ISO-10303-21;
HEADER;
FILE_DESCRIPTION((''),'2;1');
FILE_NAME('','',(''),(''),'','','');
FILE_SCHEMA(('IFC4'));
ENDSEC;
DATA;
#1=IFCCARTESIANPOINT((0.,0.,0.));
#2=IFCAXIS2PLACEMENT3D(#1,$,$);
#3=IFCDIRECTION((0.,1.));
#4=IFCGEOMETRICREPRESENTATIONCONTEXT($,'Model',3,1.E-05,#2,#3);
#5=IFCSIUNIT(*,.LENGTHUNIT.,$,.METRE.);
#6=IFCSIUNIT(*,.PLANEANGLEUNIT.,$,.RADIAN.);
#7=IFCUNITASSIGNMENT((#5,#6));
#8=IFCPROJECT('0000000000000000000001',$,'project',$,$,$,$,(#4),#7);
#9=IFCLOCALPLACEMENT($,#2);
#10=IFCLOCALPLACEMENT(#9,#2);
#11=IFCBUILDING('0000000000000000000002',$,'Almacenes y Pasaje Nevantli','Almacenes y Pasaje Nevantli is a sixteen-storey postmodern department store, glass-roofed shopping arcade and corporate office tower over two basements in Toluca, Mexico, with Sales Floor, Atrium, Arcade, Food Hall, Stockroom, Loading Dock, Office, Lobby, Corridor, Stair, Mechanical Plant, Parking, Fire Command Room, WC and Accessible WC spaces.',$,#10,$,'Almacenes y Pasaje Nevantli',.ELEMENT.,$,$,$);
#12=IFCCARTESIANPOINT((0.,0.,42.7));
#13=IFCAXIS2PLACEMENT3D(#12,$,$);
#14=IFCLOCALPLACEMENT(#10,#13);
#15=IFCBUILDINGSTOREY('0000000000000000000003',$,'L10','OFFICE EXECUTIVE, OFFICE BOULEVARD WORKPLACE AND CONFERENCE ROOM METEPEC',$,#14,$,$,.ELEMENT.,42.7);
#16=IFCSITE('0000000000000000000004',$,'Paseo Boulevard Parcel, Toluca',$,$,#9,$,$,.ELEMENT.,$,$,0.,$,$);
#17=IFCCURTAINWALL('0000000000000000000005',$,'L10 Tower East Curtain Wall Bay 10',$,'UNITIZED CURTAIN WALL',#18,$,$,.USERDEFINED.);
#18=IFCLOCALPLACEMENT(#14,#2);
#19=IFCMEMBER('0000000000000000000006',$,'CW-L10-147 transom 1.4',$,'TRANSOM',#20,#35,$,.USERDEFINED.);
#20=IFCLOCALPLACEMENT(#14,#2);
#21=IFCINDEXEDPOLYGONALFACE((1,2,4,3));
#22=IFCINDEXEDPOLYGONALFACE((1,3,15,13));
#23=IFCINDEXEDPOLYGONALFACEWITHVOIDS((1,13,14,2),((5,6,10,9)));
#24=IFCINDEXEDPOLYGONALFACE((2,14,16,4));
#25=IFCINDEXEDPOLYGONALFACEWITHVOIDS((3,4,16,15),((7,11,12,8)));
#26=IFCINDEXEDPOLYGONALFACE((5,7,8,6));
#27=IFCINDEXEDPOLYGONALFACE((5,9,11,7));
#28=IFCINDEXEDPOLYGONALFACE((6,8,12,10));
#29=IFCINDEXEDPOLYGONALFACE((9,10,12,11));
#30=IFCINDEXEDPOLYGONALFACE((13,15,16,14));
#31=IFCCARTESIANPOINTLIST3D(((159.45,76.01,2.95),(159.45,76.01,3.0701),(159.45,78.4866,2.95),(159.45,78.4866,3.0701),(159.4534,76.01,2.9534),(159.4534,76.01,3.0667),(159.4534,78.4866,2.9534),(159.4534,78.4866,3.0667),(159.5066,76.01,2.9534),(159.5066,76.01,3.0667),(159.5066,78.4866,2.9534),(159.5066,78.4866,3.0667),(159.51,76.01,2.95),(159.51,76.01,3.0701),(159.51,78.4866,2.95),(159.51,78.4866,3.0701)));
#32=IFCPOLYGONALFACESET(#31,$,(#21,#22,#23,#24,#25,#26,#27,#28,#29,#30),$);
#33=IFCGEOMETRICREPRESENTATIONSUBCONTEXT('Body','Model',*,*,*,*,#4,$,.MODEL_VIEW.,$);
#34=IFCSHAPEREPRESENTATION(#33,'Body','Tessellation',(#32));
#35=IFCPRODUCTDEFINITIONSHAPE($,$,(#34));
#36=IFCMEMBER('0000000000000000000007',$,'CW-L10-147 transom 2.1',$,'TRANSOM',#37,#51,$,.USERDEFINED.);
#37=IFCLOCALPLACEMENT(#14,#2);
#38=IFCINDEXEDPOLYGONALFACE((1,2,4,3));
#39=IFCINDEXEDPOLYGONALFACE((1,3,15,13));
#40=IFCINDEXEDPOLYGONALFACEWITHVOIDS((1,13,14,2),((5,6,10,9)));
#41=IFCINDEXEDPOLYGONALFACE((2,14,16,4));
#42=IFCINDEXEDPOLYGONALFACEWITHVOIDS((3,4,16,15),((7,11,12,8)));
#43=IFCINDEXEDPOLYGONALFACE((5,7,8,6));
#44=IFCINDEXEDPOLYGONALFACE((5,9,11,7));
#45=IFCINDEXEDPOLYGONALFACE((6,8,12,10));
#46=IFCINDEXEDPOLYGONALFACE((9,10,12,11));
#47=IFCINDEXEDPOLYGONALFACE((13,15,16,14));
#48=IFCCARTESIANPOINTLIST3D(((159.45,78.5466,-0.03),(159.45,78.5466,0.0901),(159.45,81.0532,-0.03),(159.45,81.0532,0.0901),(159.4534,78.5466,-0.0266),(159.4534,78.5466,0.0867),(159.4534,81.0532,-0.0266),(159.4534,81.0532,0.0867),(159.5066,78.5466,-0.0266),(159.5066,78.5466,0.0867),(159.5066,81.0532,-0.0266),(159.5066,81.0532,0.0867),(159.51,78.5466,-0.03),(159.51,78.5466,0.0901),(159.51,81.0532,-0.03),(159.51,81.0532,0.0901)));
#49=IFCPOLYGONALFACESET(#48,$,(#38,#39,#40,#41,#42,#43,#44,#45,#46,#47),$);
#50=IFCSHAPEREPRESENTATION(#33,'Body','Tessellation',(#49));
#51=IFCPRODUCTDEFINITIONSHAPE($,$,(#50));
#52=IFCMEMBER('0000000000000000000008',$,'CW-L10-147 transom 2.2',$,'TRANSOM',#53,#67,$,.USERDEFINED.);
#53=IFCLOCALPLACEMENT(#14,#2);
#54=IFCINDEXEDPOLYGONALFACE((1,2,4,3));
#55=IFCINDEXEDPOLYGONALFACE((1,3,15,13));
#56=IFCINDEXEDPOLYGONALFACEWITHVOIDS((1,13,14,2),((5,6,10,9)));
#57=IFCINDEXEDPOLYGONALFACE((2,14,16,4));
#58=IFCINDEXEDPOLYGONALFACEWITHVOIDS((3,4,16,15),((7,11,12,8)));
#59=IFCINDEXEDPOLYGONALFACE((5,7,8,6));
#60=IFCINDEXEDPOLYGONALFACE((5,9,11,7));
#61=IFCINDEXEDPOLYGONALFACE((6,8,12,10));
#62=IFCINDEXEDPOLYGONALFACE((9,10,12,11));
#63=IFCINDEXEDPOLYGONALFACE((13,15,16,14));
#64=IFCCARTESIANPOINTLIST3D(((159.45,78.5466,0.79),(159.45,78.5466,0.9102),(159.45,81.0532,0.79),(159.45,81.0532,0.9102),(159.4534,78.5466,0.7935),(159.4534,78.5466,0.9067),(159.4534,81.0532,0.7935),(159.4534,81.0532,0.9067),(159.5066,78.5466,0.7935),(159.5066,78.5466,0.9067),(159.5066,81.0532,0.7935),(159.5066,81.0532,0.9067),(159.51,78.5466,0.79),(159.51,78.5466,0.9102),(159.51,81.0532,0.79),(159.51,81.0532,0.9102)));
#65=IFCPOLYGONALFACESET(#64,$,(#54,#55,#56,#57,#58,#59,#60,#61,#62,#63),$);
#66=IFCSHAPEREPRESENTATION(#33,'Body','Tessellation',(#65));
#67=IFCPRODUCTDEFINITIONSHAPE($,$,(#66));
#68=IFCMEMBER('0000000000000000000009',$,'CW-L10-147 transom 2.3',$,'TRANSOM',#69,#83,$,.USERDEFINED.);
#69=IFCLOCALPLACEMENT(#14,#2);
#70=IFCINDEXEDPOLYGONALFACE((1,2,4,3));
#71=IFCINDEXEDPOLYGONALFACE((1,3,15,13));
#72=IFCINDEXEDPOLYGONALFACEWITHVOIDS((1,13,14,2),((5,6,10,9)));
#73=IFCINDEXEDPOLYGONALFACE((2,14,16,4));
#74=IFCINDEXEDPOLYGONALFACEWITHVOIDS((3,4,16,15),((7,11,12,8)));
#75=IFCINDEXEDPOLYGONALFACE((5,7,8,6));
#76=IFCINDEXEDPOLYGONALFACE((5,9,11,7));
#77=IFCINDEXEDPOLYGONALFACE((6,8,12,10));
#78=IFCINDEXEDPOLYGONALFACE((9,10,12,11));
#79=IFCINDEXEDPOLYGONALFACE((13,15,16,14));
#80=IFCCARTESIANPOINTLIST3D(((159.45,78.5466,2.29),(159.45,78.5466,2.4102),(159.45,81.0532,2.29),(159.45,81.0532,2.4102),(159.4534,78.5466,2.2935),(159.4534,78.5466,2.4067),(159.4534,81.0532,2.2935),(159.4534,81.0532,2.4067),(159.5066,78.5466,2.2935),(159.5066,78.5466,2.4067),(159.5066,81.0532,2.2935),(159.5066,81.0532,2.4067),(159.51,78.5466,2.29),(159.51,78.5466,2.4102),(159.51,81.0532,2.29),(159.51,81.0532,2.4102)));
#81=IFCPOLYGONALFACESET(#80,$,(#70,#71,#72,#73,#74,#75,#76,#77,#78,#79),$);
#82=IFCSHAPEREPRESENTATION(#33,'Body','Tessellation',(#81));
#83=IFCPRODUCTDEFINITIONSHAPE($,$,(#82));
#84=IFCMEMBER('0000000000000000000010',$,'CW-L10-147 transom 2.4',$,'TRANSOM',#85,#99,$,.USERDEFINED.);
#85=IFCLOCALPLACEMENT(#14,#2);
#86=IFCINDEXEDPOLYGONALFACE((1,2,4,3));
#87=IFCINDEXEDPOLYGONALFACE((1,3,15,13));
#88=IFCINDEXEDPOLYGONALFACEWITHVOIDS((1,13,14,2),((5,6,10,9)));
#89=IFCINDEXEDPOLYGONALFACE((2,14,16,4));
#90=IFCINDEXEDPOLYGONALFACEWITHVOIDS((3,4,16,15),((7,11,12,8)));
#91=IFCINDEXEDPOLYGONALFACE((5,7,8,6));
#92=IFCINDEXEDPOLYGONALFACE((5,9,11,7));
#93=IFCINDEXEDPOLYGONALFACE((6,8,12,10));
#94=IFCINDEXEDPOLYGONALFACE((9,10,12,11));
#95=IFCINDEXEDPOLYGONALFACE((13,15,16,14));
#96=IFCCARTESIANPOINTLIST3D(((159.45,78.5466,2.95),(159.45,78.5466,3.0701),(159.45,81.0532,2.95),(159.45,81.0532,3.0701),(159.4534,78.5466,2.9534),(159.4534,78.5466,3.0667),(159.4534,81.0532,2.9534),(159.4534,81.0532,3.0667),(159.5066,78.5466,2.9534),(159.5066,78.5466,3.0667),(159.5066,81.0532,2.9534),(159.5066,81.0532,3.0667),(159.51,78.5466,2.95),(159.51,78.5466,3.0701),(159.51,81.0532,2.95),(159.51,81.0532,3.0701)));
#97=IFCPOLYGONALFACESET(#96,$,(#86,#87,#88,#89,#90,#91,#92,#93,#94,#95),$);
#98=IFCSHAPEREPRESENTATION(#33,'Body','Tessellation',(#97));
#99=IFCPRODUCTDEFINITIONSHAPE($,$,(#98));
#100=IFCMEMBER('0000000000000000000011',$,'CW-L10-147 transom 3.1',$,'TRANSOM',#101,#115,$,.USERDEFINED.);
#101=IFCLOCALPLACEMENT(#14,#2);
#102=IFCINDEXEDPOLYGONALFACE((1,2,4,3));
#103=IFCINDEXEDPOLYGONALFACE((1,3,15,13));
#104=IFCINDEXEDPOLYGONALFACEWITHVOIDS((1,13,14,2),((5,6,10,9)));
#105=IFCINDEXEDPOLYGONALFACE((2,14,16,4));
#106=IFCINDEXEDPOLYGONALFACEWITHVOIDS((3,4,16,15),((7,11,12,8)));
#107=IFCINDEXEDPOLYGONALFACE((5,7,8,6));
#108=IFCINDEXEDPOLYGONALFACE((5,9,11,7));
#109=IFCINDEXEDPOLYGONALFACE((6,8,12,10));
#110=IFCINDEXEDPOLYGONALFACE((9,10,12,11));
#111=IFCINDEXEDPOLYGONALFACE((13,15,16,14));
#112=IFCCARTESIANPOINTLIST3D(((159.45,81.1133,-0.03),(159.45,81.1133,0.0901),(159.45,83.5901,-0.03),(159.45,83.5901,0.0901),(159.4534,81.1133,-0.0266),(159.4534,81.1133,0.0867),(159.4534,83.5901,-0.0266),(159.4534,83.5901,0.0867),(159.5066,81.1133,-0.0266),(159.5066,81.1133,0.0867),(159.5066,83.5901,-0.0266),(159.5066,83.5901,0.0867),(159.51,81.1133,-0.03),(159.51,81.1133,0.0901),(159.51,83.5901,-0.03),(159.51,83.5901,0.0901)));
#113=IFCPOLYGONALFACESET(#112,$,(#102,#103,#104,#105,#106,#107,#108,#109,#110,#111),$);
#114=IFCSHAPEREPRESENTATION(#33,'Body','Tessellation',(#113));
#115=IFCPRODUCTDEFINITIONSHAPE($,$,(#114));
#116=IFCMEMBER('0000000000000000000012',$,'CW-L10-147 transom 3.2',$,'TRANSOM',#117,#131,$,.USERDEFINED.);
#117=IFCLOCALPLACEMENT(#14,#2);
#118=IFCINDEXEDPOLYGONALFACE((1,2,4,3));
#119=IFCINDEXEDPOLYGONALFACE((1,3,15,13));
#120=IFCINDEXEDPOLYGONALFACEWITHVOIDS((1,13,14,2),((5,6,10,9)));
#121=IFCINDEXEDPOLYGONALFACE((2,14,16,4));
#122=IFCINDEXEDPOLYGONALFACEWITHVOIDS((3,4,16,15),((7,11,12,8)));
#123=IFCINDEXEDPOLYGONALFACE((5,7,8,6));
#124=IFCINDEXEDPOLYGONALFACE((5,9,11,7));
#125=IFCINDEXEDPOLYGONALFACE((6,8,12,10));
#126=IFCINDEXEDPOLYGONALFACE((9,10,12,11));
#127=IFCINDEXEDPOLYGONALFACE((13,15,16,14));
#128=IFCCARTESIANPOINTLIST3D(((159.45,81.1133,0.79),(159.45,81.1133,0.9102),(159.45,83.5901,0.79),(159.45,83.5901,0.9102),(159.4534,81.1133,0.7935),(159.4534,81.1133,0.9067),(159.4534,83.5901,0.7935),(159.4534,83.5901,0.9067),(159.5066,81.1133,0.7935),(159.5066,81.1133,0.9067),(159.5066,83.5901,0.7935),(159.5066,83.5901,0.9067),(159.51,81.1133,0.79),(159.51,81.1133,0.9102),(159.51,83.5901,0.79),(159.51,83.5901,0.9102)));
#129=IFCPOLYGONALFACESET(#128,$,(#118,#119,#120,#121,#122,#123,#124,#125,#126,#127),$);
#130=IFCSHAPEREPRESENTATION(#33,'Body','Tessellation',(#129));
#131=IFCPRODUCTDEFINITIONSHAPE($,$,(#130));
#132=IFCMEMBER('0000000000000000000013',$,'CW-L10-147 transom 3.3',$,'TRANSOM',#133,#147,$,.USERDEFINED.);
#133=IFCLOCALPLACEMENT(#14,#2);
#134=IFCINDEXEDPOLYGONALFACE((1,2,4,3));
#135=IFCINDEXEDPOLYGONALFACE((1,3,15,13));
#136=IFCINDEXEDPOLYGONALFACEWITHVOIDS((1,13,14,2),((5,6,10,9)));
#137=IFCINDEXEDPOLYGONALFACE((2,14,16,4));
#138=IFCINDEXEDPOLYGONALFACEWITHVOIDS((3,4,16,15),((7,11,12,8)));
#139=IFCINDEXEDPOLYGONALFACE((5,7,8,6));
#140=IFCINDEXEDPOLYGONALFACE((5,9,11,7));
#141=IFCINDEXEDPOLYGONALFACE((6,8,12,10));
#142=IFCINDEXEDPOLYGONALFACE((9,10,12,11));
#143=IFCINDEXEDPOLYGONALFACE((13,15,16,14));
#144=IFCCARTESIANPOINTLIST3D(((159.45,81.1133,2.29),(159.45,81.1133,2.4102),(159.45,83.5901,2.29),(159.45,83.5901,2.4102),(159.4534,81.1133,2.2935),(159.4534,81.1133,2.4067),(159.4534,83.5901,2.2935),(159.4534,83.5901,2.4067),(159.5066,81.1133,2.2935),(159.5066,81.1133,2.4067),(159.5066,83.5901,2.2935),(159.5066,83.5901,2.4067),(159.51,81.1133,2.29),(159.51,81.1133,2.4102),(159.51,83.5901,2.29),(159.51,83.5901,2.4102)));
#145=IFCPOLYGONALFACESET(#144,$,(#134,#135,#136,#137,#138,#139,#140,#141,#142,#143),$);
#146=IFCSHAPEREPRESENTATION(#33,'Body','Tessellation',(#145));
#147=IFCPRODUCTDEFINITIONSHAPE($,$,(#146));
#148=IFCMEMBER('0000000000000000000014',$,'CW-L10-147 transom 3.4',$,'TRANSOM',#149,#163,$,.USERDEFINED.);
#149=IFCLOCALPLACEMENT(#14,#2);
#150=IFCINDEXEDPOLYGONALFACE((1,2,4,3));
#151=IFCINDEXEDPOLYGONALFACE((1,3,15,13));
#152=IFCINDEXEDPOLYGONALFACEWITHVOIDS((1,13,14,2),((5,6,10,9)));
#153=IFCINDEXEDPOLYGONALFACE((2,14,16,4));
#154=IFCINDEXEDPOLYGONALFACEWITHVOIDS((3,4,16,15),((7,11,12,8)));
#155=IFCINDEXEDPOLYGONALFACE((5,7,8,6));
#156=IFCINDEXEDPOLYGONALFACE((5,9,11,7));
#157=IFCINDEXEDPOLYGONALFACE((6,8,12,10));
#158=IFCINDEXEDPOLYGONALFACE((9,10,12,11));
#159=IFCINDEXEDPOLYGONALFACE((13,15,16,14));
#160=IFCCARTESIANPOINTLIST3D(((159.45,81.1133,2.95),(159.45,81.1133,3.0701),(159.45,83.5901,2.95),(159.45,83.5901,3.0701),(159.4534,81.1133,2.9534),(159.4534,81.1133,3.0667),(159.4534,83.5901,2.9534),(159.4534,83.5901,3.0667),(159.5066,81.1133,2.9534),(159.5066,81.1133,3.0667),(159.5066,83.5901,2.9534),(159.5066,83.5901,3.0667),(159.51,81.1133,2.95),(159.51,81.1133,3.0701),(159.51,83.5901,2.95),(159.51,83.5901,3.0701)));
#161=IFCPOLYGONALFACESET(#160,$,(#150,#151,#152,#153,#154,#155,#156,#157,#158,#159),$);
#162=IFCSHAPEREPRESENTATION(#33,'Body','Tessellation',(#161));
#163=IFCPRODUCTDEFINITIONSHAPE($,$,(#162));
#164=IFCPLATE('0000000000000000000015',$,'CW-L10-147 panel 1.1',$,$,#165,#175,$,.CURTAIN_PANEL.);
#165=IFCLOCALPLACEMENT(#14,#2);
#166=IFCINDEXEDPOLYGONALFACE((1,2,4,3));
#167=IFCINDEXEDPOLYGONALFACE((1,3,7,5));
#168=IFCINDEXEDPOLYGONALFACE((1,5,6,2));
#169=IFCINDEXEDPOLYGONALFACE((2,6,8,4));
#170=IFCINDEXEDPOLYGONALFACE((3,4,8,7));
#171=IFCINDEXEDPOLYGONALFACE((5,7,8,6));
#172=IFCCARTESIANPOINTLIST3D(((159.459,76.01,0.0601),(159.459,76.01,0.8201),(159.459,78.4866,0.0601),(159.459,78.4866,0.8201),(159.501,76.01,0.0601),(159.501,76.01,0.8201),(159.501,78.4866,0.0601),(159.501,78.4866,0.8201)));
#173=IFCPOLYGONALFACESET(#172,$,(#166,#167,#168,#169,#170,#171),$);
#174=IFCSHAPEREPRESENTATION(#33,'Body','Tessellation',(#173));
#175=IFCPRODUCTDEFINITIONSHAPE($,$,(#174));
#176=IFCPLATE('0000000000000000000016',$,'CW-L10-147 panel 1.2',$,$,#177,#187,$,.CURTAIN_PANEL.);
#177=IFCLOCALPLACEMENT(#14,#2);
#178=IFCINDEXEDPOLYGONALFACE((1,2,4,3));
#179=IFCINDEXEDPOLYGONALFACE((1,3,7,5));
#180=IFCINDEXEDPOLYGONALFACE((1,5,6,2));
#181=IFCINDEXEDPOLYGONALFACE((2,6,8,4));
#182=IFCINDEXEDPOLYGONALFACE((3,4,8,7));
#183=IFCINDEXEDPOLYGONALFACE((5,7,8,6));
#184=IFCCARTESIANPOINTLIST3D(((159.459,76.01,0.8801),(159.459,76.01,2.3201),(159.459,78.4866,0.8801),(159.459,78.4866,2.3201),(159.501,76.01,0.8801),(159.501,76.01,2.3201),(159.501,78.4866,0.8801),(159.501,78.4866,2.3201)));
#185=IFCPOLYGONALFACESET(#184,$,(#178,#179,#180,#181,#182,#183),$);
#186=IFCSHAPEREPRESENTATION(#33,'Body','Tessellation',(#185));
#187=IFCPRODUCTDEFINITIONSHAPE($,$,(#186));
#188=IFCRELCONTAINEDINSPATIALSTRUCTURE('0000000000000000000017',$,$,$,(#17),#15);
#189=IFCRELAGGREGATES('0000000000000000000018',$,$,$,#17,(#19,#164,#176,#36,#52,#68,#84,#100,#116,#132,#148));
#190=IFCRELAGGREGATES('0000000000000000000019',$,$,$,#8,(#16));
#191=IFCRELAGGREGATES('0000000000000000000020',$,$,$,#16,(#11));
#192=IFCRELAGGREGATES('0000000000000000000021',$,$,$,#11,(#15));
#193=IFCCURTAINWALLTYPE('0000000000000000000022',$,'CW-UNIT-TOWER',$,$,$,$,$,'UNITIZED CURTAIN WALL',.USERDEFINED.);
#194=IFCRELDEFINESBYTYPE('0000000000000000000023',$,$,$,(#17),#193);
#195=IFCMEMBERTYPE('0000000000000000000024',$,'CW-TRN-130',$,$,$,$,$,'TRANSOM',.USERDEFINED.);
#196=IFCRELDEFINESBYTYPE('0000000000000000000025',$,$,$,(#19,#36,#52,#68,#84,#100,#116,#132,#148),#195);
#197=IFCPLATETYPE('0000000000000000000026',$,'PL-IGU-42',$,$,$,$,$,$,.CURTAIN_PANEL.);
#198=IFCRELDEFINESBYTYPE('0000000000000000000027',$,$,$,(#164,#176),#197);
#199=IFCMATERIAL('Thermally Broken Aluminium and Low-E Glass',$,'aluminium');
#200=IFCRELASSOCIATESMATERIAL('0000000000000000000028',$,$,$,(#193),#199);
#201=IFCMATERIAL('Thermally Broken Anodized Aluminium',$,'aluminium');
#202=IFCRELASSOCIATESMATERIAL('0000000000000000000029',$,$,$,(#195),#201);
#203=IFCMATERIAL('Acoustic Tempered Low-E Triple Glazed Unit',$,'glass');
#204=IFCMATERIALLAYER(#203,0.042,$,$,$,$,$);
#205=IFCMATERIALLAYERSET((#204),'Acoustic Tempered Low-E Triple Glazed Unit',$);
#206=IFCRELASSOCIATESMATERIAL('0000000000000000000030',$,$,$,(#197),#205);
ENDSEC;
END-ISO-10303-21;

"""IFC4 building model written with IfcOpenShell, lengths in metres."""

from ifc_helpers import new_model, si_unit, direction, frame, origin, origin_2d, place, context, subcontext, project, spatial, rectangle, hollow_rectangle, extrude, material, layer, layer_set, material_profile, profile_set, type_object, element, aggregate, save


model = new_model("IFC4")

# Units and contexts
model_context = context("Model", 3, precision=1e-05, world=origin(), true_north=direction((0.0, 1.0)))
body_context = subcontext(model_context, "Body", "Model", "MODEL_VIEW")
ifc_project = project(units=[si_unit("LENGTHUNIT", "METRE"), si_unit("PLANEANGLEUNIT", "RADIAN")], contexts=[model_context])

# Site, building, storey
site_placement = place(None, origin())
site = spatial("IfcSite", under=ifc_project, at=site_placement, Name="Paseo Boulevard Parcel, Toluca", CompositionType="ELEMENT", RefElevation=0.0)
building_placement = place(site_placement, origin())
building = spatial("IfcBuilding", under=site, at=building_placement, Name="Almacenes y Pasaje Nevantli", Description="Almacenes y Pasaje Nevantli is a sixteen-storey postmodern department store, glass-roofed shopping arcade and corporate office tower over two basements in Toluca, Mexico, with Sales Floor, Atrium, Arcade, Food Hall, Stockroom, Loading Dock, Office, Lobby, Corridor, Stair, Mechanical Plant, Parking, Fire Command Room, WC and Accessible WC spaces.", LongName="Almacenes y Pasaje Nevantli", CompositionType="ELEMENT")
storey_placement = place(building_placement, frame((0.0, 0.0, 42.7)))
storey = spatial("IfcBuildingStorey", under=building, at=storey_placement, Name="L10", Description="OFFICE EXECUTIVE, OFFICE BOULEVARD WORKPLACE AND CONFERENCE ROOM METEPEC", CompositionType="ELEMENT", Elevation=42.7)

# Shared definitions
ifc_material_1 = material(Name="Thermally Broken Aluminium and Low-E Glass", Category="aluminium")
curtain_wall_type = type_object("IfcCurtainWallType", Name="CW-UNIT-TOWER", ElementType="UNITIZED CURTAIN WALL", PredefinedType="USERDEFINED", material=ifc_material_1)

# Curtain wall, members, plates
curtain_wall_1_placement = place(storey_placement, origin())
curtain_wall_1 = element("IfcCurtainWall", 1, at=curtain_wall_1_placement, inside=storey, type_object=curtain_wall_type, Name="L10 Tower East Curtain Wall Bay 10", ObjectType="UNITIZED CURTAIN WALL", PredefinedType="USERDEFINED")
ifc_material_2 = material(Name="Thermally Broken Anodized Aluminium", Category="aluminium")
ifc_material_profile_1 = material_profile(ifc_material_2, hollow_rectangle(XDim=0.0601, YDim=0.1201, WallThickness=0.0034, at=origin_2d()), Name="ALU-TRN-60x120")
ifc_profile_set_1 = profile_set([ifc_material_profile_1], Name="Thermally Broken Anodized Aluminium")
member_type_1 = type_object("IfcMemberType", Name="CW-TRN-130", ElementType="TRANSOM", PredefinedType="USERDEFINED", material=ifc_profile_set_1)
member_1_placement = place(storey_placement, frame((159.48, 76.01, 3.01), z_axis=(0.0, 1.0, 0.0), x_axis=(-1.0, 0.0, 0.0)))
member_1 = element("IfcMember", 2, at=member_1_placement, type_object=member_type_1, Name="CW-L10-147 transom 1.4", ObjectType="TRANSOM", PredefinedType="USERDEFINED", context=body_context, shape_type="SweptSolid", body=[
    extrude(hollow_rectangle(XDim=0.0601, YDim=0.1201, WallThickness=0.0034, at=origin_2d()), origin(), (0.0, 0.0, 1.0), 2.4766),
])
member_2_placement = place(storey_placement, frame((159.48, 78.5466, 0.03), z_axis=(0.0, 1.0, 0.0), x_axis=(-1.0, 0.0, 0.0)))
member_2 = element("IfcMember", 3, at=member_2_placement, type_object=member_type_1, Name="CW-L10-147 transom 2.1", ObjectType="TRANSOM", PredefinedType="USERDEFINED", context=body_context, shape_type="SweptSolid", body=[
    extrude(hollow_rectangle(XDim=0.0601, YDim=0.1201, WallThickness=0.0034, at=origin_2d()), origin(), (0.0, 0.0, 1.0), 2.5066),
])
member_3_placement = place(storey_placement, frame((159.48, 78.5466, 0.8501), z_axis=(0.0, 1.0, 0.0), x_axis=(-1.0, 0.0, 0.0)))
member_3 = element("IfcMember", 4, at=member_3_placement, type_object=member_type_1, Name="CW-L10-147 transom 2.2", ObjectType="TRANSOM", PredefinedType="USERDEFINED", context=body_context, shape_type="SweptSolid", body=[
    extrude(hollow_rectangle(XDim=0.0601, YDim=0.1201, WallThickness=0.0034, at=origin_2d()), origin(), (0.0, 0.0, 1.0), 2.5066),
])
member_4_placement = place(storey_placement, frame((159.48, 78.5466, 2.3501), z_axis=(0.0, 1.0, 0.0), x_axis=(-1.0, 0.0, 0.0)))
member_4 = element("IfcMember", 5, at=member_4_placement, type_object=member_type_1, Name="CW-L10-147 transom 2.3", ObjectType="TRANSOM", PredefinedType="USERDEFINED", context=body_context, shape_type="SweptSolid", body=[
    extrude(hollow_rectangle(XDim=0.0601, YDim=0.1201, WallThickness=0.0034, at=origin_2d()), origin(), (0.0, 0.0, 1.0), 2.5066),
])
member_5_placement = place(storey_placement, frame((159.48, 78.5466, 3.01), z_axis=(0.0, 1.0, 0.0), x_axis=(-1.0, 0.0, 0.0)))
member_5 = element("IfcMember", 6, at=member_5_placement, type_object=member_type_1, Name="CW-L10-147 transom 2.4", ObjectType="TRANSOM", PredefinedType="USERDEFINED", context=body_context, shape_type="SweptSolid", body=[
    extrude(hollow_rectangle(XDim=0.0601, YDim=0.1201, WallThickness=0.0034, at=origin_2d()), origin(), (0.0, 0.0, 1.0), 2.5066),
])
member_6_placement = place(storey_placement, frame((159.48, 81.1133, 0.03), z_axis=(0.0, 1.0, 0.0), x_axis=(-1.0, 0.0, 0.0)))
member_6 = element("IfcMember", 7, at=member_6_placement, type_object=member_type_1, Name="CW-L10-147 transom 3.1", ObjectType="TRANSOM", PredefinedType="USERDEFINED", context=body_context, shape_type="SweptSolid", body=[
    extrude(hollow_rectangle(XDim=0.0601, YDim=0.1201, WallThickness=0.0034, at=origin_2d()), origin(), (0.0, 0.0, 1.0), 2.4768),
])
member_7_placement = place(storey_placement, frame((159.48, 81.1133, 0.8501), z_axis=(0.0, 1.0, 0.0), x_axis=(-1.0, 0.0, 0.0)))
member_7 = element("IfcMember", 8, at=member_7_placement, type_object=member_type_1, Name="CW-L10-147 transom 3.2", ObjectType="TRANSOM", PredefinedType="USERDEFINED", context=body_context, shape_type="SweptSolid", body=[
    extrude(hollow_rectangle(XDim=0.0601, YDim=0.1201, WallThickness=0.0034, at=origin_2d()), origin(), (0.0, 0.0, 1.0), 2.4768),
])
member_8_placement = place(storey_placement, frame((159.48, 81.1133, 2.3501), z_axis=(0.0, 1.0, 0.0), x_axis=(-1.0, 0.0, 0.0)))
member_8 = element("IfcMember", 9, at=member_8_placement, type_object=member_type_1, Name="CW-L10-147 transom 3.3", ObjectType="TRANSOM", PredefinedType="USERDEFINED", context=body_context, shape_type="SweptSolid", body=[
    extrude(hollow_rectangle(XDim=0.0601, YDim=0.1201, WallThickness=0.0034, at=origin_2d()), origin(), (0.0, 0.0, 1.0), 2.4768),
])
member_9_placement = place(storey_placement, frame((159.48, 81.1133, 3.01), z_axis=(0.0, 1.0, 0.0), x_axis=(-1.0, 0.0, 0.0)))
member_9 = element("IfcMember", 10, at=member_9_placement, type_object=member_type_1, Name="CW-L10-147 transom 3.4", ObjectType="TRANSOM", PredefinedType="USERDEFINED", context=body_context, shape_type="SweptSolid", body=[
    extrude(hollow_rectangle(XDim=0.0601, YDim=0.1201, WallThickness=0.0034, at=origin_2d()), origin(), (0.0, 0.0, 1.0), 2.4768),
])
ifc_material_3 = material(Name="Acoustic Tempered Low-E Triple Glazed Unit", Category="glass")
ifc_layer_1 = layer(ifc_material_3, 0.042)
ifc_layer_set_1 = layer_set([ifc_layer_1], Name="Acoustic Tempered Low-E Triple Glazed Unit")
plate_type = type_object("IfcPlateType", Name="PL-IGU-42", PredefinedType="CURTAIN_PANEL", material=ifc_layer_set_1)
plate_1_placement = place(storey_placement, frame((159.48, 77.2483, 0.0601), z_axis=(0.0, 0.0, 1.0), x_axis=(0.0, 1.0, 0.0)))
plate_1 = element("IfcPlate", 11, at=plate_1_placement, type_object=plate_type, Name="CW-L10-147 panel 1.1", PredefinedType="CURTAIN_PANEL", context=body_context, shape_type="SweptSolid", body=[
    extrude(rectangle(XDim=2.4766, YDim=0.042, at=origin_2d()), origin(), (0.0, 0.0, 1.0), 0.76),
])
plate_2_placement = place(storey_placement, frame((159.48, 77.2483, 0.8801), z_axis=(0.0, 0.0, 1.0), x_axis=(0.0, 1.0, 0.0)))
plate_2 = element("IfcPlate", 12, at=plate_2_placement, type_object=plate_type, Name="CW-L10-147 panel 1.2", PredefinedType="CURTAIN_PANEL", context=body_context, shape_type="SweptSolid", body=[
    extrude(rectangle(XDim=2.4766, YDim=0.042, at=origin_2d()), origin(), (0.0, 0.0, 1.0), 1.4399),
])
aggregate(curtain_wall_1, [member_1, plate_1, plate_2, member_2, member_3, member_4, member_5, member_6, member_7, member_8, member_9])

save(model, "model.ifc")
